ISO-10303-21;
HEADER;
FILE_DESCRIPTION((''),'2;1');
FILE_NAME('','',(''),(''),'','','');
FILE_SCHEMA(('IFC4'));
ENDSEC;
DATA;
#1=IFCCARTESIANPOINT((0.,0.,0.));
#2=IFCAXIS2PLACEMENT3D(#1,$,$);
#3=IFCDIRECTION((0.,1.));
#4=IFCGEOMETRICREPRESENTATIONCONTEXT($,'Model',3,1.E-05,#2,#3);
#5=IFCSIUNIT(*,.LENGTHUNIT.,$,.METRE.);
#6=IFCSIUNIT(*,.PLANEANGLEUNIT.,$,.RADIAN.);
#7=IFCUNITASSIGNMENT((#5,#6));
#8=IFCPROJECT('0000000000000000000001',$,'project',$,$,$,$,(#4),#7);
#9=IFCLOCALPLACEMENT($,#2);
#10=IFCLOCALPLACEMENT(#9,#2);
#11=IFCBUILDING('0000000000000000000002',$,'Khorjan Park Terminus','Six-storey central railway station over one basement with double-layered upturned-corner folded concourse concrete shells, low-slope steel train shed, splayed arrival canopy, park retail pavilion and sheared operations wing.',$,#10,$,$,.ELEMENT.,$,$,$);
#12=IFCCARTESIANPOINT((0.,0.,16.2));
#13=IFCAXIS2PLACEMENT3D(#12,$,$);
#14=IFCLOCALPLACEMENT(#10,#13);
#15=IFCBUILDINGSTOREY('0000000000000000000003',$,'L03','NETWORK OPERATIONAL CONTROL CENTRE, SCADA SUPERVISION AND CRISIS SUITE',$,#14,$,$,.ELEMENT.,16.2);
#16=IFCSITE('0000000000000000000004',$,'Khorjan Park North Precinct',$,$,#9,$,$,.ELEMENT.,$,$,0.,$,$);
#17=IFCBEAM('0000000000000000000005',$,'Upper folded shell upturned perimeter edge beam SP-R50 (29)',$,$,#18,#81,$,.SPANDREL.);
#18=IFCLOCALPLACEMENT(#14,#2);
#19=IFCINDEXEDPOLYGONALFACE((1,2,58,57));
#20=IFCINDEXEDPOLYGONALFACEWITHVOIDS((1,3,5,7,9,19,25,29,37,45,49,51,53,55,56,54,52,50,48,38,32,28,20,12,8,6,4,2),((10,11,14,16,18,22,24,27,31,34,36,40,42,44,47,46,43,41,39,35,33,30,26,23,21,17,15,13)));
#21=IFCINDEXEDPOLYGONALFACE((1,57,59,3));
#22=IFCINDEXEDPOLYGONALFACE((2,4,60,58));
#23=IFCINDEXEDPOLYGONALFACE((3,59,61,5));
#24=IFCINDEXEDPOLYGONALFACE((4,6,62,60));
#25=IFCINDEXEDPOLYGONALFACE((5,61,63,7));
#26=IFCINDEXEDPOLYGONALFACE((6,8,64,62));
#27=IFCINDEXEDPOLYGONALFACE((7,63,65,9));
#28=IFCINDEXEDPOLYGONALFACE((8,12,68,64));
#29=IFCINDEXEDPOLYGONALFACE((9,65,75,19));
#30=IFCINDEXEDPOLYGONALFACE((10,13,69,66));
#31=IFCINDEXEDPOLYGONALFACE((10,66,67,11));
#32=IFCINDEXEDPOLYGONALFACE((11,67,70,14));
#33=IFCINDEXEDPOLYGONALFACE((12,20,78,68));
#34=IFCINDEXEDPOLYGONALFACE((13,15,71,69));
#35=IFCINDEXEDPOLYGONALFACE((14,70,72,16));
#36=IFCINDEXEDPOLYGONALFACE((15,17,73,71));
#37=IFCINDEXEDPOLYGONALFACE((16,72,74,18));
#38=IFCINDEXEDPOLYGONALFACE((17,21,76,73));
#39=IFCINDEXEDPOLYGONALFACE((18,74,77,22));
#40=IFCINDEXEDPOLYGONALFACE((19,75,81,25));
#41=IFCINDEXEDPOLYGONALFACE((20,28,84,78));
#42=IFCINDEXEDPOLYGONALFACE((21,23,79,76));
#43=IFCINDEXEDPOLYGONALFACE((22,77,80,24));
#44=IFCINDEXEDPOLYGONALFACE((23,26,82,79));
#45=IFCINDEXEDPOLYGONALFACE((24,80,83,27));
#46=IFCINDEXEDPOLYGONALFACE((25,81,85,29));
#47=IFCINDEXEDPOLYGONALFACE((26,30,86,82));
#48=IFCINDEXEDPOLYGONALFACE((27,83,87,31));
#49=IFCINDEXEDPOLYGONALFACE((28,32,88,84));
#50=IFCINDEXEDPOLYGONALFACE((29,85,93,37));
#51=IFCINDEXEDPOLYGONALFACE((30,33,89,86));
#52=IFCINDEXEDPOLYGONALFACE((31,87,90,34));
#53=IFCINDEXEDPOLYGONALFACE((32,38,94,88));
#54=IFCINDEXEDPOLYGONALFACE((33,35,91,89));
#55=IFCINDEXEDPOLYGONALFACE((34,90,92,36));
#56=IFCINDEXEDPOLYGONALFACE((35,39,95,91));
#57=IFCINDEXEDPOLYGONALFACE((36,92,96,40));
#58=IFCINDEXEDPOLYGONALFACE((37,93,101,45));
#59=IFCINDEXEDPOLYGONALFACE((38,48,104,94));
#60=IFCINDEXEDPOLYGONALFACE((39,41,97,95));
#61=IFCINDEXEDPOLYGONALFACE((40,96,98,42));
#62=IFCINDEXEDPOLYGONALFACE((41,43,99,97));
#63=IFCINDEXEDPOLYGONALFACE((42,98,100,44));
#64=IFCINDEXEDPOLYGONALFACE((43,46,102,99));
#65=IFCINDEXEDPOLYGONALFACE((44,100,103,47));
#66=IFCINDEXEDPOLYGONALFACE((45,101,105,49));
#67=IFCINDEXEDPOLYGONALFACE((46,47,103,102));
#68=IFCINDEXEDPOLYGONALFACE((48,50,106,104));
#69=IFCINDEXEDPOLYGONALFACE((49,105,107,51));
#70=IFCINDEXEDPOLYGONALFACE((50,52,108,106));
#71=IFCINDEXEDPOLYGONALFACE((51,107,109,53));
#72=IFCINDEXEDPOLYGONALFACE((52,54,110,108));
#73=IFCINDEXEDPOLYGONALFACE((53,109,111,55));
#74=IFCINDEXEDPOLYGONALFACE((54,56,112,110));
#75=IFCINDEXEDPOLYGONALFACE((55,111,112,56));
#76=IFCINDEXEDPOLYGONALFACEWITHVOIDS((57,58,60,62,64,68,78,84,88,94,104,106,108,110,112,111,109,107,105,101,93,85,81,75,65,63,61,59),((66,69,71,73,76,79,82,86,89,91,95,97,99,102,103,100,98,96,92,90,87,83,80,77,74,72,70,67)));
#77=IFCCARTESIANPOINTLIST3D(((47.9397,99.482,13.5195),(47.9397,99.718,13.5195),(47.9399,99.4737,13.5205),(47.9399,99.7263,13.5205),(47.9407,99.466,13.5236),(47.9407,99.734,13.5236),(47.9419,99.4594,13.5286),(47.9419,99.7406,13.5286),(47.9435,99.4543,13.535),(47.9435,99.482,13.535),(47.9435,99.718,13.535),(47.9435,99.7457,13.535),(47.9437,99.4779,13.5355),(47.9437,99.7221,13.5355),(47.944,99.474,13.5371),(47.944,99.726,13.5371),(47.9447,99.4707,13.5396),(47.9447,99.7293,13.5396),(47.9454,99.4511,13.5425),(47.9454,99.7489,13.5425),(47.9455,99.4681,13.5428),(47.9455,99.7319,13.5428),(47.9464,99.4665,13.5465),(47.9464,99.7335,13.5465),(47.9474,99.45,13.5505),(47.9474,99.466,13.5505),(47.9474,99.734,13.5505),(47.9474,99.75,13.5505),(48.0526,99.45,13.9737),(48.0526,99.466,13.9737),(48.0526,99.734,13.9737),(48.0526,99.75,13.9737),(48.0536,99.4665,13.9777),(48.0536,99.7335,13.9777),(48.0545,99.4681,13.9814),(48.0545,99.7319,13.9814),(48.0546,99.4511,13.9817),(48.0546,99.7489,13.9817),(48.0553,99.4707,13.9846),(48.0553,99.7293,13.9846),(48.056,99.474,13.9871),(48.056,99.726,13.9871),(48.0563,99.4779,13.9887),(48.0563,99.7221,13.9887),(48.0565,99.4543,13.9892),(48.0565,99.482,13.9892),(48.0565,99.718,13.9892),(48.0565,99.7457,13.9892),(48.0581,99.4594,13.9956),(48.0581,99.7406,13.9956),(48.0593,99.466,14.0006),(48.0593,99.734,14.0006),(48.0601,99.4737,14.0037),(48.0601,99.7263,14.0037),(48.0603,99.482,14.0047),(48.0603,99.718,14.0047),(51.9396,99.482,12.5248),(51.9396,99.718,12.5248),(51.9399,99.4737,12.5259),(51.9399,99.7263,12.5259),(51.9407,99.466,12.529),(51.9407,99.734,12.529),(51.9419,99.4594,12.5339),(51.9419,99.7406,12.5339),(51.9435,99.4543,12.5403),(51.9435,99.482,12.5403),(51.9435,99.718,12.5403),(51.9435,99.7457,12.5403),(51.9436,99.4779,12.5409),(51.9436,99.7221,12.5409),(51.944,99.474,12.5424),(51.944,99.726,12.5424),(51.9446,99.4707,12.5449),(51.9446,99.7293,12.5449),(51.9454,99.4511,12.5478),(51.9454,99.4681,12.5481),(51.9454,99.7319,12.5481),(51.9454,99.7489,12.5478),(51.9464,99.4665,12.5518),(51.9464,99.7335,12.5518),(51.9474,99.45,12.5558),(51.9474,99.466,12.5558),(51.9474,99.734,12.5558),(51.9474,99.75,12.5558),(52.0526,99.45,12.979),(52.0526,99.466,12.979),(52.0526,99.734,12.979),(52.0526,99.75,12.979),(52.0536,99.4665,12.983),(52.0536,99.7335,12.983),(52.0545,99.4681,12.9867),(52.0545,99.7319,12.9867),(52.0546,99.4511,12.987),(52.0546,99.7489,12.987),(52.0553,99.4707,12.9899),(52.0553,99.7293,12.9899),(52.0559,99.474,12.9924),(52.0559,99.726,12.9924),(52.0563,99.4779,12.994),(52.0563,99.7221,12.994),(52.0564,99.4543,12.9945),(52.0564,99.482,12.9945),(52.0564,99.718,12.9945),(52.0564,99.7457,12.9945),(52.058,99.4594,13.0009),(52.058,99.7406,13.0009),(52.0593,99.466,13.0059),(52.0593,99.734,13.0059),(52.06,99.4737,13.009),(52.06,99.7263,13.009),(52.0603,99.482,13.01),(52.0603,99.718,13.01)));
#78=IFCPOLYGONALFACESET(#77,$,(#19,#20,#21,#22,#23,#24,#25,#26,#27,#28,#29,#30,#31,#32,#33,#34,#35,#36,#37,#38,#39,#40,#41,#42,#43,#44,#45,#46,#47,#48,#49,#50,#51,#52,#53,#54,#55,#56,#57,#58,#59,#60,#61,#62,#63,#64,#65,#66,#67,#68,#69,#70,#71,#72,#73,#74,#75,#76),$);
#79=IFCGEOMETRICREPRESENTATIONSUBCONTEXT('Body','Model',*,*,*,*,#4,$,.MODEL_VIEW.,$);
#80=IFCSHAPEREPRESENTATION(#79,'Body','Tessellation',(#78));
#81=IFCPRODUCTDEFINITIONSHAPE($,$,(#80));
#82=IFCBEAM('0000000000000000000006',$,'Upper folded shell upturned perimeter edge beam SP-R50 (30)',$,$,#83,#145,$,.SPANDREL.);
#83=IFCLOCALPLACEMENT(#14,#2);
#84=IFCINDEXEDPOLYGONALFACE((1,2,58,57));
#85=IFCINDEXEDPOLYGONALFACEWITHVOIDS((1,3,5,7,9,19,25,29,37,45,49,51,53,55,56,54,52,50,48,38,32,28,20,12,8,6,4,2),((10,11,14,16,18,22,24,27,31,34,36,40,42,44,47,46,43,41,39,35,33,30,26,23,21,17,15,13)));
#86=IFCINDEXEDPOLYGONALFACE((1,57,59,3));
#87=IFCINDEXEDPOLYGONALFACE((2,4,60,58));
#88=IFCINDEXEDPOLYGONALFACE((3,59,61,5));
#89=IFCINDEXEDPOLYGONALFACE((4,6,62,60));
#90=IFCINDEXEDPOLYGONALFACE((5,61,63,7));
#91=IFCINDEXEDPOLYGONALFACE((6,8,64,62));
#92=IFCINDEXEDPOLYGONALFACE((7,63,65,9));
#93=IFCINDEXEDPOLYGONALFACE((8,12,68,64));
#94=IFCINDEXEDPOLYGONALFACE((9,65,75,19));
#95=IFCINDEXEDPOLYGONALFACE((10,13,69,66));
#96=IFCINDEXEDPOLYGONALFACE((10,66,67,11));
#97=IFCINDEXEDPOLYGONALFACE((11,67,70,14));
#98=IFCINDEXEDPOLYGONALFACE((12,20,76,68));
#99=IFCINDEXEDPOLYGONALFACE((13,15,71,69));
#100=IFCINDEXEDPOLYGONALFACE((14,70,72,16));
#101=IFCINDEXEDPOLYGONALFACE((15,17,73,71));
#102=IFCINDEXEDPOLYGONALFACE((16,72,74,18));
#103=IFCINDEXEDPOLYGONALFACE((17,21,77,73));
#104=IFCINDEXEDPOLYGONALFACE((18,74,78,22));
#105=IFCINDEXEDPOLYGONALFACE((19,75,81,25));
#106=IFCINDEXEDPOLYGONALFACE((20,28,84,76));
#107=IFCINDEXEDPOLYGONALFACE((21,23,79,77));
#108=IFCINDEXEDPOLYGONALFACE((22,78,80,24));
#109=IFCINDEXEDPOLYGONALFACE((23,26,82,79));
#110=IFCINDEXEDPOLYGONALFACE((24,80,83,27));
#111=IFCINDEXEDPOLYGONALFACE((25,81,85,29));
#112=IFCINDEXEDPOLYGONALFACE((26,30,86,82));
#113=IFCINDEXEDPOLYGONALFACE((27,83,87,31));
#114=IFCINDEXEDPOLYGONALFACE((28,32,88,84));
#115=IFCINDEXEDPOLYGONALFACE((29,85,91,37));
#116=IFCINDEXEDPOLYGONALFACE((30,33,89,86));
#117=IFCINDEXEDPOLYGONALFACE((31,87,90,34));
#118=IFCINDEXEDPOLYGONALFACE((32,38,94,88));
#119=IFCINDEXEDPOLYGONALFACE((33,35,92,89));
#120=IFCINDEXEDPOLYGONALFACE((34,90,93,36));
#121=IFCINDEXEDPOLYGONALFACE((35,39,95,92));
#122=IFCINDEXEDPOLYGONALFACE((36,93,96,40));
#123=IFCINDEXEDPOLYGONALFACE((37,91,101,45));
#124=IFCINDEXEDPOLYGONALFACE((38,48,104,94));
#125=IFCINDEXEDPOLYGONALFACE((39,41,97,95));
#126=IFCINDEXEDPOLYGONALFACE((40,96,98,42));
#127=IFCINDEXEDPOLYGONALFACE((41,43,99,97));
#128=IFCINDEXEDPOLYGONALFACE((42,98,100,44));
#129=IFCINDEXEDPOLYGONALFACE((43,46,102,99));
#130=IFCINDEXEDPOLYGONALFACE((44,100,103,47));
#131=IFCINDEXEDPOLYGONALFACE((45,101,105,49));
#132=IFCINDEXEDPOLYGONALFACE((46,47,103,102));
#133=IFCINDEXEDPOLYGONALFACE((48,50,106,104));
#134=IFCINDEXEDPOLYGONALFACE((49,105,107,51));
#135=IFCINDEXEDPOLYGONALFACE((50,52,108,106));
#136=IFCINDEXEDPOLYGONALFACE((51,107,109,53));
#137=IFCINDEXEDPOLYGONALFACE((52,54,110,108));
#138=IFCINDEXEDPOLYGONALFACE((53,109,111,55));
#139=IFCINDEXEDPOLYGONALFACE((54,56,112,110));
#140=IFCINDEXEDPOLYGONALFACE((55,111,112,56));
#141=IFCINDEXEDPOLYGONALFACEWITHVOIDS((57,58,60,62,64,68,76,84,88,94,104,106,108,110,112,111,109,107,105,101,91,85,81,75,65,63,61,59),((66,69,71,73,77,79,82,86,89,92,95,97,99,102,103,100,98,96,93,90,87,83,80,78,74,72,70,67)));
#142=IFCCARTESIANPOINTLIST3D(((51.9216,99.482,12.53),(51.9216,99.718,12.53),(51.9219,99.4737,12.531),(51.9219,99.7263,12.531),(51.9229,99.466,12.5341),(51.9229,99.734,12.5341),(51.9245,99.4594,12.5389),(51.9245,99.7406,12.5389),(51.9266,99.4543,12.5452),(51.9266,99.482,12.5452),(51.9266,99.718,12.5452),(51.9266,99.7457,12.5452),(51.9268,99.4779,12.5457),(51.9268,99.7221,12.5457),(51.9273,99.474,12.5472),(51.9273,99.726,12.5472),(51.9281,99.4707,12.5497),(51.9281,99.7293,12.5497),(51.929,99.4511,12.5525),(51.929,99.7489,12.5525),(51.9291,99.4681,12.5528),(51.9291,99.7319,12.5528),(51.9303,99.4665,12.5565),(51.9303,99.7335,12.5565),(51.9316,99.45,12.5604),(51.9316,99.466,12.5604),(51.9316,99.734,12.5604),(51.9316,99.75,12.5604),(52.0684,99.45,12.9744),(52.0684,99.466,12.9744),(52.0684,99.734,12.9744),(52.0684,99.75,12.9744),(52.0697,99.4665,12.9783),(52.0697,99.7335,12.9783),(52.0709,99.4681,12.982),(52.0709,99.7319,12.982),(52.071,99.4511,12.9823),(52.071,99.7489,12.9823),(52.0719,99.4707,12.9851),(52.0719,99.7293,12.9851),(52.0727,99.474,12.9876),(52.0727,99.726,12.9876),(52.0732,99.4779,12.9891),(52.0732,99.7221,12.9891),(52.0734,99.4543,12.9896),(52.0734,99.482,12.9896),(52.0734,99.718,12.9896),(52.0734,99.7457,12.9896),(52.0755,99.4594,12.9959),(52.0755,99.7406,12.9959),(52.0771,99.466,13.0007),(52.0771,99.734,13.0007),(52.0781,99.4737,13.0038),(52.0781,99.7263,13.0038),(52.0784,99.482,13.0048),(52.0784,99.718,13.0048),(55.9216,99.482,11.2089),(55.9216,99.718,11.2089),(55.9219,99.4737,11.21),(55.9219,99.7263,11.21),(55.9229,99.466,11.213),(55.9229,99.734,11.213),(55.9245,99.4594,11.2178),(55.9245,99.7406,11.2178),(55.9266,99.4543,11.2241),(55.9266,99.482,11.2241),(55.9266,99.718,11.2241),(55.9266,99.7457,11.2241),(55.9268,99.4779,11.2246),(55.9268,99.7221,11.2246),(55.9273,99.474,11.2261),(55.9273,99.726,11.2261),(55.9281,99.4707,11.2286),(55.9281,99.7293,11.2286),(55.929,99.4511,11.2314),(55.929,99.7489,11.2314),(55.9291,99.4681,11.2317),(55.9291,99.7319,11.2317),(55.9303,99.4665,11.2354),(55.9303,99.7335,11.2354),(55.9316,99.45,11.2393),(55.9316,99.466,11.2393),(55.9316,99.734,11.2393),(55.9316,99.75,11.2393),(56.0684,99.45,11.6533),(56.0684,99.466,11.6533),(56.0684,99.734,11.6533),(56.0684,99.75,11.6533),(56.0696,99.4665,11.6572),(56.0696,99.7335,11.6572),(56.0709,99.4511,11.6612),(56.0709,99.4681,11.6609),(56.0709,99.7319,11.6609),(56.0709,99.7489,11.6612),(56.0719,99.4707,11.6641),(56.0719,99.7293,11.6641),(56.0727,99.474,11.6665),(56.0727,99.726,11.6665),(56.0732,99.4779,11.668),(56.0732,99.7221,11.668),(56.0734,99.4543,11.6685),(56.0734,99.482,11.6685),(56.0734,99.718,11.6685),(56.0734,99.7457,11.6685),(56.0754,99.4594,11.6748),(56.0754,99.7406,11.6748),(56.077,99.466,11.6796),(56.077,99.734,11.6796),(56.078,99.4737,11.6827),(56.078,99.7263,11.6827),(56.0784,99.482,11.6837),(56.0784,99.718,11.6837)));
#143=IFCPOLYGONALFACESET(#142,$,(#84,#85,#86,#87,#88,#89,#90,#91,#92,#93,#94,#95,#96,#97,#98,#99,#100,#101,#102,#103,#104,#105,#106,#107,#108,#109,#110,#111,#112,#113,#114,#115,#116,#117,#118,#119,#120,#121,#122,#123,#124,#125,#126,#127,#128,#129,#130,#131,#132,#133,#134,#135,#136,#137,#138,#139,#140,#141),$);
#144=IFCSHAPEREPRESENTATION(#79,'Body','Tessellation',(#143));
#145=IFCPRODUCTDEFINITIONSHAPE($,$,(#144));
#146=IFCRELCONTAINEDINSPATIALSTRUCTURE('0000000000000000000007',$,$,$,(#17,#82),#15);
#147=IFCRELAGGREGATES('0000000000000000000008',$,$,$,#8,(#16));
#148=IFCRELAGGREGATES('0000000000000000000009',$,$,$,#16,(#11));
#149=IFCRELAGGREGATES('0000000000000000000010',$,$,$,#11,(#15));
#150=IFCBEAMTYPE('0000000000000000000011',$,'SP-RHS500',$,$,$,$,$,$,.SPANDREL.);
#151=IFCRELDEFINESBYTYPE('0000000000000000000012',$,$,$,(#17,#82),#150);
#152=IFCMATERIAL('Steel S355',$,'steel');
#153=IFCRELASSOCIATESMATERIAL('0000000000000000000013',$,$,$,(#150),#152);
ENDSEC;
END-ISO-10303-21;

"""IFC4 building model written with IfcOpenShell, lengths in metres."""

from ifc_helpers import new_model, si_unit, direction, frame, origin, origin_2d, place, context, subcontext, project, spatial, hollow_rectangle, extrude, material, material_profile, profile_set, type_object, element, save


model = new_model("IFC4")

# Units and contexts
model_context = context("Model", 3, precision=1e-05, world=origin(), true_north=direction((0.0, 1.0)))
body_context = subcontext(model_context, "Body", "Model", "MODEL_VIEW")
ifc_project = project(units=[si_unit("LENGTHUNIT", "METRE"), si_unit("PLANEANGLEUNIT", "RADIAN")], contexts=[model_context])

# Site, building, storey
site_placement = place(None, origin())
site = spatial("IfcSite", under=ifc_project, at=site_placement, Name="Khorjan Park North Precinct", CompositionType="ELEMENT", RefElevation=0.0)
building_placement = place(site_placement, origin())
building = spatial("IfcBuilding", under=site, at=building_placement, Name="Khorjan Park Terminus", Description="Six-storey central railway station over one basement with double-layered upturned-corner folded concourse concrete shells, low-slope steel train shed, splayed arrival canopy, park retail pavilion and sheared operations wing.", CompositionType="ELEMENT")
storey_placement = place(building_placement, frame((0.0, 0.0, 16.2)))
storey = spatial("IfcBuildingStorey", under=building, at=storey_placement, Name="L03", Description="NETWORK OPERATIONAL CONTROL CENTRE, SCADA SUPERVISION AND CRISIS SUITE", CompositionType="ELEMENT", Elevation=16.2)

# Shared definitions
ifc_material_1 = material(Name="Steel S355", Category="steel")

# Beams
ifc_material_profile_1 = material_profile(ifc_material_1, hollow_rectangle(XDim=0.3, YDim=0.5, WallThickness=0.016, InnerFilletRadius=0.016, OuterFilletRadius=0.032, at=origin_2d()), Name="RHS 500x300x16")
ifc_profile_set_1 = profile_set([ifc_material_profile_1], Name="Steel S355")
beam_type_1 = type_object("IfcBeamType", Name="SP-RHS500", PredefinedType="SPANDREL", material=ifc_profile_set_1)
beam_1_placement = place(storey_placement, frame((48.0, 99.6, 13.7621), z_axis=(0.970444, 0.0, -0.241325), x_axis=(0.0, 1.0, 0.0)))
element("IfcBeam", 1, at=beam_1_placement, inside=storey, type_object=beam_type_1, Name="Upper folded shell upturned perimeter edge beam SP-R50 (29)", PredefinedType="SPANDREL", context=body_context, shape_type="SweptSolid", body=[
    extrude(hollow_rectangle(XDim=0.3, YDim=0.5, WallThickness=0.016, InnerFilletRadius=0.016, OuterFilletRadius=0.032, at=origin_2d()), origin(), (0.0, 0.0, 1.0), 4.1218),
])
beam_2_placement = place(storey_placement, frame((52.0, 99.6, 12.7674), z_axis=(0.949551, 0.0, -0.313613), x_axis=(0.0, 1.0, 0.0)))
element("IfcBeam", 2, at=beam_2_placement, inside=storey, type_object=beam_type_1, Name="Upper folded shell upturned perimeter edge beam SP-R50 (30)", PredefinedType="SPANDREL", context=body_context, shape_type="SweptSolid", body=[
    extrude(hollow_rectangle(XDim=0.3, YDim=0.5, WallThickness=0.016, InnerFilletRadius=0.016, OuterFilletRadius=0.032, at=origin_2d()), origin(), (0.0, 0.0, 1.0), 4.2125),
])

save(model, "model.ifc")
